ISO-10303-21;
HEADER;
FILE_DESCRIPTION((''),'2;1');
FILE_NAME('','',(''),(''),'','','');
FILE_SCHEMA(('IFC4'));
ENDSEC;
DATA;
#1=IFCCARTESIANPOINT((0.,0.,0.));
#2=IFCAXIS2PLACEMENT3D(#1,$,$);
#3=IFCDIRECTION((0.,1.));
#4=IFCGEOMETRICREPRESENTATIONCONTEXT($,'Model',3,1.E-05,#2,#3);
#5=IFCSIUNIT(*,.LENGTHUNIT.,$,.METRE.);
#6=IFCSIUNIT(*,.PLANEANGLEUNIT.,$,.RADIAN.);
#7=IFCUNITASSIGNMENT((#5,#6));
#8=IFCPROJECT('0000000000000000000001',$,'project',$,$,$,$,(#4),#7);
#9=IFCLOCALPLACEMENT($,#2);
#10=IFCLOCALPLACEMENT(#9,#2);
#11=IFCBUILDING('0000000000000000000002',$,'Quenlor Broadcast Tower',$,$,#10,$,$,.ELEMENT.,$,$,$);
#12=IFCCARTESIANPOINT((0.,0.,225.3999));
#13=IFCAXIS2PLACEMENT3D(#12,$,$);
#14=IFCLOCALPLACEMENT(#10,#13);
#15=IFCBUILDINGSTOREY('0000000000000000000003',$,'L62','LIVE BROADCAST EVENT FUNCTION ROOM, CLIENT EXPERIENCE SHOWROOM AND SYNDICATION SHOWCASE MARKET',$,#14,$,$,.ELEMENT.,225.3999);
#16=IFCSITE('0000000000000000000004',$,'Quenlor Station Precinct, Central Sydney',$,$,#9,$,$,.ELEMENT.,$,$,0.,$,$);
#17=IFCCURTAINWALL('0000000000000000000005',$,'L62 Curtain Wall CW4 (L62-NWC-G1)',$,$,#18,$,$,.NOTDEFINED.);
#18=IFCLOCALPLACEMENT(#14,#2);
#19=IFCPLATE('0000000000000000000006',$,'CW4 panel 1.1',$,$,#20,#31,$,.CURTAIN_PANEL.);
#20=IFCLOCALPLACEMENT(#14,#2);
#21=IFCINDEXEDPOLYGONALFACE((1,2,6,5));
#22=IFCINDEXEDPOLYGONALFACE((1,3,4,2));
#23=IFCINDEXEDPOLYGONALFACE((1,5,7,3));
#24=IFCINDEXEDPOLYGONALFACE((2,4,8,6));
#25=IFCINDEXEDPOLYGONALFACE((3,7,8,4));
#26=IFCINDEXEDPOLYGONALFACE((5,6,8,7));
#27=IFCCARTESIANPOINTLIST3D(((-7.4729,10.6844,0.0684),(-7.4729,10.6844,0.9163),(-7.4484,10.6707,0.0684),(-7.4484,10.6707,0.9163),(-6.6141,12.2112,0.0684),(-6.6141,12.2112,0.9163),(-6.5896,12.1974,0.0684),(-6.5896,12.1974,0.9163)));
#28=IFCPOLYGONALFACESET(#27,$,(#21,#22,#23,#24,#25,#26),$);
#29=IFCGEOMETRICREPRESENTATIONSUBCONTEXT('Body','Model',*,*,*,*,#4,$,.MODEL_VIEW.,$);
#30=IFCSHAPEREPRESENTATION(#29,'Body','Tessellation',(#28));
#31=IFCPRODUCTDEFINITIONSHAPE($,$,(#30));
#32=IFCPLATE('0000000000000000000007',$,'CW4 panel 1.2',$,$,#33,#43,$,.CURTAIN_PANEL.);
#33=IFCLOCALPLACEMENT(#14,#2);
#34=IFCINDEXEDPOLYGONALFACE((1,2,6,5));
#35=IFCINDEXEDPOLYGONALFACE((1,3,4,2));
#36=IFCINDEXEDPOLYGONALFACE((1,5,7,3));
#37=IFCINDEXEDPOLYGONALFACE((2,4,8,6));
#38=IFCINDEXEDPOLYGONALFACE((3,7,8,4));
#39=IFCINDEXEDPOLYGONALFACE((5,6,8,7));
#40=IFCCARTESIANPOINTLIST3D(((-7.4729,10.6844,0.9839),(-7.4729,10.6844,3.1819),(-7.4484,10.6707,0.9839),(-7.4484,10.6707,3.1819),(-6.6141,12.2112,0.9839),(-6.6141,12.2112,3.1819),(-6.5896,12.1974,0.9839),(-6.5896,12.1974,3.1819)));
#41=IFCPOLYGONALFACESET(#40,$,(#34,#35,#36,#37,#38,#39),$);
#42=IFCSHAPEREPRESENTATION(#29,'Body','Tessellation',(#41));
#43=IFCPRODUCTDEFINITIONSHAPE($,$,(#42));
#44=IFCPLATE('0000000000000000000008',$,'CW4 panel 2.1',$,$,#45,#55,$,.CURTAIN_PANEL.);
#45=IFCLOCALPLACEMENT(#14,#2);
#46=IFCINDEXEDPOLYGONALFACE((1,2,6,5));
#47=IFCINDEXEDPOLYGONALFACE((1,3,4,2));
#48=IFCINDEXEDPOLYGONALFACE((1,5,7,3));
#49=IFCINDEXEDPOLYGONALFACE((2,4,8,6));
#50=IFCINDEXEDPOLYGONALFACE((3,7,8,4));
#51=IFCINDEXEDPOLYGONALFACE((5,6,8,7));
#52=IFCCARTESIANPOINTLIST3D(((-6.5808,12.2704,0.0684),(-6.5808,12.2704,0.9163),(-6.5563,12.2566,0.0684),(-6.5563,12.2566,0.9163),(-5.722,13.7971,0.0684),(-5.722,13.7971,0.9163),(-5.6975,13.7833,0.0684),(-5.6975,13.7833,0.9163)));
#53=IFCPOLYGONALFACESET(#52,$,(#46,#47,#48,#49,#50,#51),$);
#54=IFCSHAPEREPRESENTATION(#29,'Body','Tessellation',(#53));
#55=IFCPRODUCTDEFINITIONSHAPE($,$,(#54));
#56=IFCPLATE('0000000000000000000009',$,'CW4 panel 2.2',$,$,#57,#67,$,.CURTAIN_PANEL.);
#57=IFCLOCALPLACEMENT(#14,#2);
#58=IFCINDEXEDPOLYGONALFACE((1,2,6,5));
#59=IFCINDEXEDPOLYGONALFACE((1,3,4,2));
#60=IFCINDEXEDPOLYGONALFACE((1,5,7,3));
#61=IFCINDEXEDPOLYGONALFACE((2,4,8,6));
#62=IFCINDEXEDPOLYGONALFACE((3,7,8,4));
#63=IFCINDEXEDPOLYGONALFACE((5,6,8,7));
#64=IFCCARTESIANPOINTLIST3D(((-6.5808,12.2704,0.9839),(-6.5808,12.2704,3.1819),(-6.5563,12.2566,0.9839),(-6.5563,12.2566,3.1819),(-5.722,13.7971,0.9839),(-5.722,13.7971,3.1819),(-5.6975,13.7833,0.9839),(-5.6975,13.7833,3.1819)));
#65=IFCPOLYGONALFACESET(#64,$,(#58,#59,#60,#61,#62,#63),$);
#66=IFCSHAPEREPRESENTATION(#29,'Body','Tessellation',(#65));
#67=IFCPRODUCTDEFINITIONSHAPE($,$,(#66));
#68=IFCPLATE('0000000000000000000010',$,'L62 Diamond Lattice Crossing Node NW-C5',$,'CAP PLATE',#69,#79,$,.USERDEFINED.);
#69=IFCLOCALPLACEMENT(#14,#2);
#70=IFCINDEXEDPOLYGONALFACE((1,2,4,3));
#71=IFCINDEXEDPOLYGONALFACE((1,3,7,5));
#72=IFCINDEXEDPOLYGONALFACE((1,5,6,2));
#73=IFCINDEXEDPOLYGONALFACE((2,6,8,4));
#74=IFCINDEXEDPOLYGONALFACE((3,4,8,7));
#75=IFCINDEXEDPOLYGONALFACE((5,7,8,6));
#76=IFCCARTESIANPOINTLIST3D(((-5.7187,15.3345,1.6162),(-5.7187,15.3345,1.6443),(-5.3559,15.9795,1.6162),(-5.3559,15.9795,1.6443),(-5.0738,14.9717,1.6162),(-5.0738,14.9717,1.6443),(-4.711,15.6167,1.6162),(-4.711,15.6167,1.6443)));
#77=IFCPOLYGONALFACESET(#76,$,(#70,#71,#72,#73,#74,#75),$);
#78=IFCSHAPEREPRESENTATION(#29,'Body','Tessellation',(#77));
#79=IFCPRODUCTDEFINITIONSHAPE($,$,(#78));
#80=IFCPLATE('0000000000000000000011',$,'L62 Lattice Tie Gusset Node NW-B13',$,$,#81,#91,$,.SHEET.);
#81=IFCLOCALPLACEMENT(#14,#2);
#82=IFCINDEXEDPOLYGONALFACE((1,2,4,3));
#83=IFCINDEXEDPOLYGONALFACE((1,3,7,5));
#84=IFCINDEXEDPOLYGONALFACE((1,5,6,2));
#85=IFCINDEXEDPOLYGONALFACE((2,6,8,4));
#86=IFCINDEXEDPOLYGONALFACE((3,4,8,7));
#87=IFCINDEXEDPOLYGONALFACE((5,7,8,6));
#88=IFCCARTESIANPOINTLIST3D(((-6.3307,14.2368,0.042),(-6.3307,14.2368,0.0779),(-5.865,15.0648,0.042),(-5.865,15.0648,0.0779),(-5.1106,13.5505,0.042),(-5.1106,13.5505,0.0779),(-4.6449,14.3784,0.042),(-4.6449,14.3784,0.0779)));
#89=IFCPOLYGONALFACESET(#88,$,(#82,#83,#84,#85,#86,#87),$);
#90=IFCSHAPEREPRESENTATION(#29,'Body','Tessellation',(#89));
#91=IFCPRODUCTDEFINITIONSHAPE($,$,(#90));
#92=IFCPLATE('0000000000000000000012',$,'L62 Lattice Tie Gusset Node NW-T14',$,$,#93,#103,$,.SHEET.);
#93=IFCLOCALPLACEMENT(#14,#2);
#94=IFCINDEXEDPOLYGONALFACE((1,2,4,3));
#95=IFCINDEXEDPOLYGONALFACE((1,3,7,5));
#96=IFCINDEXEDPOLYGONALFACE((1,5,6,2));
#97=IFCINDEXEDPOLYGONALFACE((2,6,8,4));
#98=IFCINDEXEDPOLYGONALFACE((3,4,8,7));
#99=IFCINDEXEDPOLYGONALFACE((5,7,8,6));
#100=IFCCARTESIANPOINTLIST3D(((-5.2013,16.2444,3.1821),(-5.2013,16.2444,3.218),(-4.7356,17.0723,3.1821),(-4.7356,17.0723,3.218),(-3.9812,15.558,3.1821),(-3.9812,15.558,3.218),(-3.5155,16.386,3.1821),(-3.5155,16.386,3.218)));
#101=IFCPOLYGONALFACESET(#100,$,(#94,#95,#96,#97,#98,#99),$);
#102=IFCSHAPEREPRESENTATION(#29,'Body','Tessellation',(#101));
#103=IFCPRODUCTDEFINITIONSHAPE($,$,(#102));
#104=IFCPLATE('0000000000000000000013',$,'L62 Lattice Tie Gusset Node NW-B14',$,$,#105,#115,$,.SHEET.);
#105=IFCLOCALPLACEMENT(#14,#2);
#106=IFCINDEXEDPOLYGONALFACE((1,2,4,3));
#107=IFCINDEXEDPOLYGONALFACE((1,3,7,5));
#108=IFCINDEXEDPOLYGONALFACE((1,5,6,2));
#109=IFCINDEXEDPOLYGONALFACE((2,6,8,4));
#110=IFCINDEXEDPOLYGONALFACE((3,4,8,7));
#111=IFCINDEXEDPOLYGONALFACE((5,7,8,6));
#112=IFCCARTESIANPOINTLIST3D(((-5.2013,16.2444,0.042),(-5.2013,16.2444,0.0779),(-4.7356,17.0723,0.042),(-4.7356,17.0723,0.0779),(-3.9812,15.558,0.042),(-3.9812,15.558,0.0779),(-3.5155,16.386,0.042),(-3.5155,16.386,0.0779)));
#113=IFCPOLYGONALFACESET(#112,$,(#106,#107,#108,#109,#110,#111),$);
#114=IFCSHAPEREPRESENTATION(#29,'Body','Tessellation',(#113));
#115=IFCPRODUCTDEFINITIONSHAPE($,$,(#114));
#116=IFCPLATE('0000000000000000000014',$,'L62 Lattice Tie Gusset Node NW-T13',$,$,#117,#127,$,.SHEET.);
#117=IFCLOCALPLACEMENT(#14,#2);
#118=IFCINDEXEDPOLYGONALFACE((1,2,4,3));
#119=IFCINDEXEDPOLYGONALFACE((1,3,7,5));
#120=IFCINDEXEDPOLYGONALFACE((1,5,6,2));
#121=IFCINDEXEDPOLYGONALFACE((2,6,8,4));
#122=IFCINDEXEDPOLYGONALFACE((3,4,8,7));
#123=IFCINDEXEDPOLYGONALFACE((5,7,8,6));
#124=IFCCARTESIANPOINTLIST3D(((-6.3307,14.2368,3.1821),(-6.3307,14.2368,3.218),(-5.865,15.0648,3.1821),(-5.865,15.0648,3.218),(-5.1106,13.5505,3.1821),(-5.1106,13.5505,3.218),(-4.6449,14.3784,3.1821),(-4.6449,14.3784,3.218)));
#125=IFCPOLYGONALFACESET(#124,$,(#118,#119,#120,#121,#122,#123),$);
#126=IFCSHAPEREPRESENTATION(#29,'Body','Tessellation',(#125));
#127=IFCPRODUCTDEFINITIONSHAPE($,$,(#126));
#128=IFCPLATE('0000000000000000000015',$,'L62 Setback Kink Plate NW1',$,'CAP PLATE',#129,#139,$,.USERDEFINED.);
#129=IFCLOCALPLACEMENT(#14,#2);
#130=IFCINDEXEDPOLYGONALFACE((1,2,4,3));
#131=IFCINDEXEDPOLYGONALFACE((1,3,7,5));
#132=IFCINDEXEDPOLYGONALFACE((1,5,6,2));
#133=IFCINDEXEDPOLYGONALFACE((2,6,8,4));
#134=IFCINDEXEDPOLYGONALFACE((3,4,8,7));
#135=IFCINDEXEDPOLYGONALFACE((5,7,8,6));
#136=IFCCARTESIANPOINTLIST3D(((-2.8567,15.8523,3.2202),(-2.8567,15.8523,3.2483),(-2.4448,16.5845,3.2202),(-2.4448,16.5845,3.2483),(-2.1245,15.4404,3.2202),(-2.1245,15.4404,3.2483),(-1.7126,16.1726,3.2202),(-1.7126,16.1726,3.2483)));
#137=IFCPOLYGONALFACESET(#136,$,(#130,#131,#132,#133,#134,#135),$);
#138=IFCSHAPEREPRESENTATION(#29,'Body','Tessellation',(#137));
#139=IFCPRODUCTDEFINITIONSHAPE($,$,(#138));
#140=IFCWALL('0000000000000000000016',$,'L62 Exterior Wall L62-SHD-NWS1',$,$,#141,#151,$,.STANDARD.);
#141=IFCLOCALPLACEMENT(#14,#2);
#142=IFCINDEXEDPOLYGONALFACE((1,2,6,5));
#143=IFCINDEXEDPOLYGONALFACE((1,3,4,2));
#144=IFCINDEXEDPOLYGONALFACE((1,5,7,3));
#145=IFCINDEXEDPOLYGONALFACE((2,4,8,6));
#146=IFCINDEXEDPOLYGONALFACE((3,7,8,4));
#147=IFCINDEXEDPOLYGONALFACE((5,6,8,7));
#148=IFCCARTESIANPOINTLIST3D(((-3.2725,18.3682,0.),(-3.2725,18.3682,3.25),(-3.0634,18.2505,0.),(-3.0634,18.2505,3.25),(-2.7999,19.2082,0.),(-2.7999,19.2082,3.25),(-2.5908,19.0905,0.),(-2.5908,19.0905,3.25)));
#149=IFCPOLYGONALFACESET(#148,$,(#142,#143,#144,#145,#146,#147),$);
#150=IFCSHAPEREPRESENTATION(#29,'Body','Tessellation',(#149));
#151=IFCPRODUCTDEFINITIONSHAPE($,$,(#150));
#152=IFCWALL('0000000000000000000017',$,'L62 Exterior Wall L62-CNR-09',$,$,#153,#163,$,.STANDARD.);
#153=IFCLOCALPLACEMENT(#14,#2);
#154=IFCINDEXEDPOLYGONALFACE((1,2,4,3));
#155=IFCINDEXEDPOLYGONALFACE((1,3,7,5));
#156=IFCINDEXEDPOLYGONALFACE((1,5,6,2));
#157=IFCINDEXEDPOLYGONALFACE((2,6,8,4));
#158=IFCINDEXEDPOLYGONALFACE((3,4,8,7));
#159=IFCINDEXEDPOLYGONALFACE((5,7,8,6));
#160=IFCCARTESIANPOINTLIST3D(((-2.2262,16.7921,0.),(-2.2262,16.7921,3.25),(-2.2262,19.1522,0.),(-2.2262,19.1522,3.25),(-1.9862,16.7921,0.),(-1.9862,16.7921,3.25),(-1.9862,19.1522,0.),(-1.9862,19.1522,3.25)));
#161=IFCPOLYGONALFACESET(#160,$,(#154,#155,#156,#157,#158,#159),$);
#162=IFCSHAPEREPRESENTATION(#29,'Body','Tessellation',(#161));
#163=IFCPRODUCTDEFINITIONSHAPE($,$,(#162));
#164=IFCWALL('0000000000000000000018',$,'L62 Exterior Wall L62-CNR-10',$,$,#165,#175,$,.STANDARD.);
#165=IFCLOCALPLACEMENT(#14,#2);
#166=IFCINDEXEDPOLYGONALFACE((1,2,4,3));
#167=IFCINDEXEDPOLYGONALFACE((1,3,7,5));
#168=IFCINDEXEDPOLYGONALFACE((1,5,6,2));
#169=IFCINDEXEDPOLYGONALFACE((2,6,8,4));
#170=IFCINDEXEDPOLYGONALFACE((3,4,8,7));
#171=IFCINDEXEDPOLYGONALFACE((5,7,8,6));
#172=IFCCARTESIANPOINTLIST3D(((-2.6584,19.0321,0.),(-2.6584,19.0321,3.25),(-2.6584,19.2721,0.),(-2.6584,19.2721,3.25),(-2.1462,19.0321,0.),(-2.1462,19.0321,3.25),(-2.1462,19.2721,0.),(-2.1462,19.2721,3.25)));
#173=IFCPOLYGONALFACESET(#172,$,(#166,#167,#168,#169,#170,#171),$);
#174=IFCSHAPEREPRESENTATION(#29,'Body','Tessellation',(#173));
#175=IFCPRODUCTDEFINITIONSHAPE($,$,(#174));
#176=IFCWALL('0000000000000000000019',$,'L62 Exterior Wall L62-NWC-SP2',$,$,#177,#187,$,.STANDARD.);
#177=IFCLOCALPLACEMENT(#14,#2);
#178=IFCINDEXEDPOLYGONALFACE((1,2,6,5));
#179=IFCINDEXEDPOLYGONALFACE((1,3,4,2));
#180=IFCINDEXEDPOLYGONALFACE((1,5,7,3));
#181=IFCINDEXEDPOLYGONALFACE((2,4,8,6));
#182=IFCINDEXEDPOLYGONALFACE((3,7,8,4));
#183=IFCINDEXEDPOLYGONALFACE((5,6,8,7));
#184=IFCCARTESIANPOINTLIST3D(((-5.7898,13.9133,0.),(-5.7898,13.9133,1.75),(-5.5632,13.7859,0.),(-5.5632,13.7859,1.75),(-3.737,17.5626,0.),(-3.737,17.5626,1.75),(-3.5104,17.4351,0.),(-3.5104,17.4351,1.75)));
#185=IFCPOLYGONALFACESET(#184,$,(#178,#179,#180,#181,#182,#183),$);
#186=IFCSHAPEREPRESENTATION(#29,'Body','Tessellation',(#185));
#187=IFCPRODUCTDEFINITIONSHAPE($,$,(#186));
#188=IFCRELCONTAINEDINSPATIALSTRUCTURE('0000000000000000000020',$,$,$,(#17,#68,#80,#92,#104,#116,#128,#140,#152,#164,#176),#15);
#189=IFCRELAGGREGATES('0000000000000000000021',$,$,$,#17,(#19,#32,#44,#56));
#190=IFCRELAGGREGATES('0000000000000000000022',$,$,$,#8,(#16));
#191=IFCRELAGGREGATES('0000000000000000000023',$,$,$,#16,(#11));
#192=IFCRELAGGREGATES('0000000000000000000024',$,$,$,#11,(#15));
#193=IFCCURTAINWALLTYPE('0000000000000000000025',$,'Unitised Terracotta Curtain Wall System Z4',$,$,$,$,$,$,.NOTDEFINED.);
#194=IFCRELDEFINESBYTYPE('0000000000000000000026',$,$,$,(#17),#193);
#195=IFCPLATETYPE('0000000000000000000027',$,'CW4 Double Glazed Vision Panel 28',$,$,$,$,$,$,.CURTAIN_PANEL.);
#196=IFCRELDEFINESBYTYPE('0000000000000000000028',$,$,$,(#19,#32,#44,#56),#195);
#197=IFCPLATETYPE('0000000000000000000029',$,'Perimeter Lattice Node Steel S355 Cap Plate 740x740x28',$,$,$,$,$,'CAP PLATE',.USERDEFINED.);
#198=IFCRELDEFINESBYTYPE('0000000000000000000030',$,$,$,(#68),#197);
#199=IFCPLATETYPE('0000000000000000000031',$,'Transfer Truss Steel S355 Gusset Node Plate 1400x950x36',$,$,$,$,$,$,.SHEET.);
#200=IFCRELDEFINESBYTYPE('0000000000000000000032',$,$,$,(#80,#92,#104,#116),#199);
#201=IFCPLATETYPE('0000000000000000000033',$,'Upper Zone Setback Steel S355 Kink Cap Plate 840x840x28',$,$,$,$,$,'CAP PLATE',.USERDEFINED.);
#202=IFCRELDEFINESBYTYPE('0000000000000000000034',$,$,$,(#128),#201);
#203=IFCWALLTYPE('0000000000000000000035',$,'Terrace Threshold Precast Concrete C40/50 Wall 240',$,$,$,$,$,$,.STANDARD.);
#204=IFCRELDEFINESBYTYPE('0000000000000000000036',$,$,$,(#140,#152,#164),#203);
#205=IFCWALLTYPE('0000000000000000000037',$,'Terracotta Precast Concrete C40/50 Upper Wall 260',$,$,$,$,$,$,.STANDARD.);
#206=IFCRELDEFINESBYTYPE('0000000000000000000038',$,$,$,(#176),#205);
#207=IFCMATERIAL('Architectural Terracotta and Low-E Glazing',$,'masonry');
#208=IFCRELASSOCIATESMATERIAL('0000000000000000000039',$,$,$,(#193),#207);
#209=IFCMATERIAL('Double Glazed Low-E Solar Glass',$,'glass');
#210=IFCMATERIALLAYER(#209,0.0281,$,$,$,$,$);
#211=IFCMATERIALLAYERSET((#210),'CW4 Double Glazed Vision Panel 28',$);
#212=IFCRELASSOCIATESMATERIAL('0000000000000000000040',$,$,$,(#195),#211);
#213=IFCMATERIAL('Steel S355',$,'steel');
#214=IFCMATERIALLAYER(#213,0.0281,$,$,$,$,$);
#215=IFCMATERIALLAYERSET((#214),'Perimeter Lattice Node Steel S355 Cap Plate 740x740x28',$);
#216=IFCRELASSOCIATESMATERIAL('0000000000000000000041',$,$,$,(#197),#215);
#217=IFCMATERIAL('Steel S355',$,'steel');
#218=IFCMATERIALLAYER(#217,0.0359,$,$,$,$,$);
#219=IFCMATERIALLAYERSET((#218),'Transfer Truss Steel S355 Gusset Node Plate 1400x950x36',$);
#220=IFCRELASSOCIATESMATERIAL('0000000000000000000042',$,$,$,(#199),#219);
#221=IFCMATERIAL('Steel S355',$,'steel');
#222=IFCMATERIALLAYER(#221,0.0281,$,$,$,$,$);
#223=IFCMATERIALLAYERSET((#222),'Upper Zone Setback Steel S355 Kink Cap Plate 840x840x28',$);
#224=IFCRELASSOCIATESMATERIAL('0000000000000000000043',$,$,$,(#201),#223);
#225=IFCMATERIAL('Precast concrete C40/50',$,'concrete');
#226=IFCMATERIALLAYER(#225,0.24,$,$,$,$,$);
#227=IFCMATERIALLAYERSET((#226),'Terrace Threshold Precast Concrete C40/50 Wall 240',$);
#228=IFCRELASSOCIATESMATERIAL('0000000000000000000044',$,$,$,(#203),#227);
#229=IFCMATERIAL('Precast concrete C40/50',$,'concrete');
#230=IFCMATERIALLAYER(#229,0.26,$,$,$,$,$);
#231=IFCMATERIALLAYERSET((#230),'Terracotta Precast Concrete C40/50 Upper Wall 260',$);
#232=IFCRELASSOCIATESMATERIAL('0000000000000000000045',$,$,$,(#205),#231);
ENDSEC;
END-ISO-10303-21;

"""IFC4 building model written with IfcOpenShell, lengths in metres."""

from ifc_helpers import new_model, si_unit, direction, frame, frame_2d, origin, origin_2d, place, context, subcontext, project, spatial, rectangle, extrude, material, layer, layer_set, type_object, element, aggregate, save


model = new_model("IFC4")

# Units and contexts
model_context = context("Model", 3, precision=1e-05, world=origin(), true_north=direction((0.0, 1.0)))
body_context = subcontext(model_context, "Body", "Model", "MODEL_VIEW")
ifc_project = project(units=[si_unit("LENGTHUNIT", "METRE"), si_unit("PLANEANGLEUNIT", "RADIAN")], contexts=[model_context])

# Site, building, storey
site_placement = place(None, origin())
site = spatial("IfcSite", under=ifc_project, at=site_placement, Name="Quenlor Station Precinct, Central Sydney", CompositionType="ELEMENT", RefElevation=0.0)
building_placement = place(site_placement, origin())
building = spatial("IfcBuilding", under=site, at=building_placement, Name="Quenlor Broadcast Tower", CompositionType="ELEMENT")
storey_placement = place(building_placement, frame((0.0, 0.0, 225.3999)))
storey = spatial("IfcBuildingStorey", under=building, at=storey_placement, Name="L62", Description="LIVE BROADCAST EVENT FUNCTION ROOM, CLIENT EXPERIENCE SHOWROOM AND SYNDICATION SHOWCASE MARKET", CompositionType="ELEMENT", Elevation=225.3999)

# Curtain wall
ifc_material_1 = material(Name="Architectural Terracotta and Low-E Glazing", Category="masonry")
curtain_wall_type = type_object("IfcCurtainWallType", Name="Unitised Terracotta Curtain Wall System Z4", PredefinedType="NOTDEFINED", material=ifc_material_1)
curtain_wall_placement = place(storey_placement, origin())
curtain_wall = element("IfcCurtainWall", 1, at=curtain_wall_placement, inside=storey, type_object=curtain_wall_type, Name="L62 Curtain Wall CW4 (L62-NWC-G1)", PredefinedType="NOTDEFINED")

# Plates
ifc_material_2 = material(Name="Double Glazed Low-E Solar Glass", Category="glass")
ifc_layer_1 = layer(ifc_material_2, 0.0281)
ifc_layer_set_1 = layer_set([ifc_layer_1], Name="CW4 Double Glazed Vision Panel 28")
plate_type_1 = type_object("IfcPlateType", Name="CW4 Double Glazed Vision Panel 28", PredefinedType="CURTAIN_PANEL", material=ifc_layer_set_1)
plate_1_placement = place(storey_placement, frame((-7.0312, 11.4409, 0.0684), z_axis=(0.0, 0.0, 1.0), x_axis=(0.49026, 0.871576, 0.0)))
plate_1 = element("IfcPlate", 2, at=plate_1_placement, type_object=plate_type_1, Name="CW4 panel 1.1", PredefinedType="CURTAIN_PANEL", context=body_context, shape_type="SweptSolid", body=[
    extrude(rectangle(XDim=1.7517, YDim=0.0281, at=origin_2d()), origin(), (0.0, 0.0, 1.0), 0.8479),
])
plate_2_placement = place(storey_placement, frame((-7.0312, 11.4409, 0.9839), z_axis=(0.0, 0.0, 1.0), x_axis=(0.49026, 0.871576, 0.0)))
plate_2 = element("IfcPlate", 3, at=plate_2_placement, type_object=plate_type_1, Name="CW4 panel 1.2", PredefinedType="CURTAIN_PANEL", context=body_context, shape_type="SweptSolid", body=[
    extrude(rectangle(XDim=1.7517, YDim=0.0281, at=origin_2d()), origin(), (0.0, 0.0, 1.0), 2.198),
])
plate_3_placement = place(storey_placement, frame((-6.1392, 13.0269, 0.0684), z_axis=(0.0, 0.0, 1.0), x_axis=(0.49026, 0.871576, 0.0)))
plate_3 = element("IfcPlate", 4, at=plate_3_placement, type_object=plate_type_1, Name="CW4 panel 2.1", PredefinedType="CURTAIN_PANEL", context=body_context, shape_type="SweptSolid", body=[
    extrude(rectangle(XDim=1.7517, YDim=0.0281, at=origin_2d()), origin(), (0.0, 0.0, 1.0), 0.8479),
])
plate_4_placement = place(storey_placement, frame((-6.1392, 13.0269, 0.9839), z_axis=(0.0, 0.0, 1.0), x_axis=(0.49026, 0.871576, 0.0)))
plate_4 = element("IfcPlate", 5, at=plate_4_placement, type_object=plate_type_1, Name="CW4 panel 2.2", PredefinedType="CURTAIN_PANEL", context=body_context, shape_type="SweptSolid", body=[
    extrude(rectangle(XDim=1.7517, YDim=0.0281, at=origin_2d()), origin(), (0.0, 0.0, 1.0), 2.198),
])
aggregate(curtain_wall, [plate_1, plate_2, plate_3, plate_4])

# Plates
ifc_material_3 = material(Name="Steel S355", Category="steel")
ifc_layer_2 = layer(ifc_material_3, 0.0281)
ifc_layer_set_2 = layer_set([ifc_layer_2], Name="Perimeter Lattice Node Steel S355 Cap Plate 740x740x28")
plate_type_2 = type_object("IfcPlateType", Name="Perimeter Lattice Node Steel S355 Cap Plate 740x740x28", ElementType="CAP PLATE", PredefinedType="USERDEFINED", material=ifc_layer_set_2)
plate_5_placement = place(storey_placement, frame((-5.2148, 15.4756, 1.6162), z_axis=(0.0, 0.0, 1.0), x_axis=(0.490295, 0.871556, 0.0)))
element("IfcPlate", 6, at=plate_5_placement, inside=storey, type_object=plate_type_2, Name="L62 Diamond Lattice Crossing Node NW-C5", ObjectType="CAP PLATE", PredefinedType="USERDEFINED", context=body_context, shape_type="SweptSolid", body=[
    extrude(rectangle(XDim=0.74, YDim=0.74, at=origin_2d()), origin(), (0.0, 0.0, 1.0), 0.0281),
])
ifc_material_4 = material(Name="Steel S355", Category="steel")
ifc_layer_3 = layer(ifc_material_4, 0.0359)
ifc_layer_set_3 = layer_set([ifc_layer_3], Name="Transfer Truss Steel S355 Gusset Node Plate 1400x950x36")
plate_type_3 = type_object("IfcPlateType", Name="Transfer Truss Steel S355 Gusset Node Plate 1400x950x36", PredefinedType="SHEET", material=ifc_layer_set_3)
for number, where, z_axis, x_axis, name in (
    (7, (-5.4878, 14.3076, 0.042), (0.0, 0.0, 1.0), (-0.871556, 0.490295, 0.0), "L62 Lattice Tie Gusset Node NW-B13"),
    (8, (-4.3584, 16.3152, 3.1821), (0.0, 0.0, 1.0), (-0.871556, 0.490295, 0.0), "L62 Lattice Tie Gusset Node NW-T14"),
    (9, (-4.3584, 16.3152, 0.042), (0.0, 0.0, 1.0), (-0.871556, 0.490295, 0.0), "L62 Lattice Tie Gusset Node NW-B14"),
    (10, (-5.4878, 14.3076, 3.1821), (0.0, 0.0, 1.0), (-0.871556, 0.490295, 0.0), "L62 Lattice Tie Gusset Node NW-T13"),
):
    element("IfcPlate", number, at=place(storey_placement, frame(where, z_axis=z_axis, x_axis=x_axis)), inside=storey, type_object=plate_type_3, Name=name, PredefinedType="SHEET", context=body_context, shape_type="SweptSolid", body=[
        extrude(rectangle(XDim=1.3999, YDim=0.95, at=origin_2d()), origin(), (0.0, 0.0, 1.0), 0.0359),
    ])
ifc_material_5 = material(Name="Steel S355", Category="steel")
ifc_layer_4 = layer(ifc_material_5, 0.0281)
ifc_layer_set_4 = layer_set([ifc_layer_4], Name="Upper Zone Setback Steel S355 Kink Cap Plate 840x840x28")
plate_type_4 = type_object("IfcPlateType", Name="Upper Zone Setback Steel S355 Kink Cap Plate 840x840x28", ElementType="CAP PLATE", PredefinedType="USERDEFINED", material=ifc_layer_set_4)
plate_6_placement = place(storey_placement, frame((-2.2847, 16.0125, 3.2202), z_axis=(0.0, 0.0, 1.0), x_axis=(-0.871575, 0.490262, 0.0)))
element("IfcPlate", 11, at=plate_6_placement, inside=storey, type_object=plate_type_4, Name="L62 Setback Kink Plate NW1", ObjectType="CAP PLATE", PredefinedType="USERDEFINED", context=body_context, shape_type="SweptSolid", body=[
    extrude(rectangle(XDim=0.8401, YDim=0.8401, at=origin_2d()), origin(), (0.0, 0.0, 1.0), 0.0281),
])

# Walls
ifc_material_6 = material(Name="Precast concrete C40/50", Category="concrete")
ifc_layer_5 = layer(ifc_material_6, 0.24)
ifc_layer_set_5 = layer_set([ifc_layer_5], Name="Terrace Threshold Precast Concrete C40/50 Wall 240")
wall_type_1 = type_object("IfcWallType", Name="Terrace Threshold Precast Concrete C40/50 Wall 240", PredefinedType="STANDARD", material=ifc_layer_set_5)
wall_1_placement = place(storey_placement, frame((-3.168, 18.3093, 0.0), z_axis=(0.0, 0.0, 1.0), x_axis=(0.490345, 0.871528, 0.0)))
element("IfcWall", 12, at=wall_1_placement, inside=storey, type_object=wall_type_1, Name="L62 Exterior Wall L62-SHD-NWS1", PredefinedType="STANDARD", context=body_context, shape_type="SweptSolid", body=[
    extrude(rectangle(XDim=0.9639, YDim=0.24, at=frame_2d((0.4819, 0.0))), origin(), (0.0, 0.0, 1.0), 3.25),
])
wall_2_placement = place(storey_placement, frame((-2.1062, 16.792, 0.0), z_axis=(0.0, 0.0, 1.0), x_axis=(0.0, 1.0, 0.0)))
element("IfcWall", 13, at=wall_2_placement, inside=storey, type_object=wall_type_1, Name="L62 Exterior Wall L62-CNR-09", PredefinedType="STANDARD", context=body_context, shape_type="SweptSolid", body=[
    extrude(rectangle(XDim=2.3601, YDim=0.24, at=frame_2d((1.1802, 0.0))), origin(), (0.0, 0.0, 1.0), 3.25),
])
wall_3_placement = place(storey_placement, frame((-2.1462, 19.1521, 0.0), z_axis=(0.0, 0.0, 1.0), x_axis=(-1.0, 0.0, 0.0)))
element("IfcWall", 14, at=wall_3_placement, inside=storey, type_object=wall_type_1, Name="L62 Exterior Wall L62-CNR-10", PredefinedType="STANDARD", context=body_context, shape_type="SweptSolid", body=[
    extrude(rectangle(XDim=0.5122, YDim=0.24, at=frame_2d((0.2561, 0.0))), origin(), (0.0, 0.0, 1.0), 3.25),
])
ifc_material_7 = material(Name="Precast concrete C40/50", Category="concrete")
ifc_layer_6 = layer(ifc_material_7, 0.26)
ifc_layer_set_6 = layer_set([ifc_layer_6], Name="Terracotta Precast Concrete C40/50 Upper Wall 260")
wall_type_2 = type_object("IfcWallType", Name="Terracotta Precast Concrete C40/50 Upper Wall 260", PredefinedType="STANDARD", material=ifc_layer_set_6)
wall_4_placement = place(storey_placement, frame((-5.6765, 13.8496, 0.0), z_axis=(0.0, 0.0, 1.0), x_axis=(0.490275, 0.871568, 0.0)))
element("IfcWall", 15, at=wall_4_placement, inside=storey, type_object=wall_type_2, Name="L62 Exterior Wall L62-NWC-SP2", PredefinedType="STANDARD", context=body_context, shape_type="SweptSolid", body=[
    extrude(rectangle(XDim=4.187, YDim=0.26, at=frame_2d((2.0935, 0.0))), origin(), (0.0, 0.0, 1.0), 1.75),
])

save(model, "model.ifc")
